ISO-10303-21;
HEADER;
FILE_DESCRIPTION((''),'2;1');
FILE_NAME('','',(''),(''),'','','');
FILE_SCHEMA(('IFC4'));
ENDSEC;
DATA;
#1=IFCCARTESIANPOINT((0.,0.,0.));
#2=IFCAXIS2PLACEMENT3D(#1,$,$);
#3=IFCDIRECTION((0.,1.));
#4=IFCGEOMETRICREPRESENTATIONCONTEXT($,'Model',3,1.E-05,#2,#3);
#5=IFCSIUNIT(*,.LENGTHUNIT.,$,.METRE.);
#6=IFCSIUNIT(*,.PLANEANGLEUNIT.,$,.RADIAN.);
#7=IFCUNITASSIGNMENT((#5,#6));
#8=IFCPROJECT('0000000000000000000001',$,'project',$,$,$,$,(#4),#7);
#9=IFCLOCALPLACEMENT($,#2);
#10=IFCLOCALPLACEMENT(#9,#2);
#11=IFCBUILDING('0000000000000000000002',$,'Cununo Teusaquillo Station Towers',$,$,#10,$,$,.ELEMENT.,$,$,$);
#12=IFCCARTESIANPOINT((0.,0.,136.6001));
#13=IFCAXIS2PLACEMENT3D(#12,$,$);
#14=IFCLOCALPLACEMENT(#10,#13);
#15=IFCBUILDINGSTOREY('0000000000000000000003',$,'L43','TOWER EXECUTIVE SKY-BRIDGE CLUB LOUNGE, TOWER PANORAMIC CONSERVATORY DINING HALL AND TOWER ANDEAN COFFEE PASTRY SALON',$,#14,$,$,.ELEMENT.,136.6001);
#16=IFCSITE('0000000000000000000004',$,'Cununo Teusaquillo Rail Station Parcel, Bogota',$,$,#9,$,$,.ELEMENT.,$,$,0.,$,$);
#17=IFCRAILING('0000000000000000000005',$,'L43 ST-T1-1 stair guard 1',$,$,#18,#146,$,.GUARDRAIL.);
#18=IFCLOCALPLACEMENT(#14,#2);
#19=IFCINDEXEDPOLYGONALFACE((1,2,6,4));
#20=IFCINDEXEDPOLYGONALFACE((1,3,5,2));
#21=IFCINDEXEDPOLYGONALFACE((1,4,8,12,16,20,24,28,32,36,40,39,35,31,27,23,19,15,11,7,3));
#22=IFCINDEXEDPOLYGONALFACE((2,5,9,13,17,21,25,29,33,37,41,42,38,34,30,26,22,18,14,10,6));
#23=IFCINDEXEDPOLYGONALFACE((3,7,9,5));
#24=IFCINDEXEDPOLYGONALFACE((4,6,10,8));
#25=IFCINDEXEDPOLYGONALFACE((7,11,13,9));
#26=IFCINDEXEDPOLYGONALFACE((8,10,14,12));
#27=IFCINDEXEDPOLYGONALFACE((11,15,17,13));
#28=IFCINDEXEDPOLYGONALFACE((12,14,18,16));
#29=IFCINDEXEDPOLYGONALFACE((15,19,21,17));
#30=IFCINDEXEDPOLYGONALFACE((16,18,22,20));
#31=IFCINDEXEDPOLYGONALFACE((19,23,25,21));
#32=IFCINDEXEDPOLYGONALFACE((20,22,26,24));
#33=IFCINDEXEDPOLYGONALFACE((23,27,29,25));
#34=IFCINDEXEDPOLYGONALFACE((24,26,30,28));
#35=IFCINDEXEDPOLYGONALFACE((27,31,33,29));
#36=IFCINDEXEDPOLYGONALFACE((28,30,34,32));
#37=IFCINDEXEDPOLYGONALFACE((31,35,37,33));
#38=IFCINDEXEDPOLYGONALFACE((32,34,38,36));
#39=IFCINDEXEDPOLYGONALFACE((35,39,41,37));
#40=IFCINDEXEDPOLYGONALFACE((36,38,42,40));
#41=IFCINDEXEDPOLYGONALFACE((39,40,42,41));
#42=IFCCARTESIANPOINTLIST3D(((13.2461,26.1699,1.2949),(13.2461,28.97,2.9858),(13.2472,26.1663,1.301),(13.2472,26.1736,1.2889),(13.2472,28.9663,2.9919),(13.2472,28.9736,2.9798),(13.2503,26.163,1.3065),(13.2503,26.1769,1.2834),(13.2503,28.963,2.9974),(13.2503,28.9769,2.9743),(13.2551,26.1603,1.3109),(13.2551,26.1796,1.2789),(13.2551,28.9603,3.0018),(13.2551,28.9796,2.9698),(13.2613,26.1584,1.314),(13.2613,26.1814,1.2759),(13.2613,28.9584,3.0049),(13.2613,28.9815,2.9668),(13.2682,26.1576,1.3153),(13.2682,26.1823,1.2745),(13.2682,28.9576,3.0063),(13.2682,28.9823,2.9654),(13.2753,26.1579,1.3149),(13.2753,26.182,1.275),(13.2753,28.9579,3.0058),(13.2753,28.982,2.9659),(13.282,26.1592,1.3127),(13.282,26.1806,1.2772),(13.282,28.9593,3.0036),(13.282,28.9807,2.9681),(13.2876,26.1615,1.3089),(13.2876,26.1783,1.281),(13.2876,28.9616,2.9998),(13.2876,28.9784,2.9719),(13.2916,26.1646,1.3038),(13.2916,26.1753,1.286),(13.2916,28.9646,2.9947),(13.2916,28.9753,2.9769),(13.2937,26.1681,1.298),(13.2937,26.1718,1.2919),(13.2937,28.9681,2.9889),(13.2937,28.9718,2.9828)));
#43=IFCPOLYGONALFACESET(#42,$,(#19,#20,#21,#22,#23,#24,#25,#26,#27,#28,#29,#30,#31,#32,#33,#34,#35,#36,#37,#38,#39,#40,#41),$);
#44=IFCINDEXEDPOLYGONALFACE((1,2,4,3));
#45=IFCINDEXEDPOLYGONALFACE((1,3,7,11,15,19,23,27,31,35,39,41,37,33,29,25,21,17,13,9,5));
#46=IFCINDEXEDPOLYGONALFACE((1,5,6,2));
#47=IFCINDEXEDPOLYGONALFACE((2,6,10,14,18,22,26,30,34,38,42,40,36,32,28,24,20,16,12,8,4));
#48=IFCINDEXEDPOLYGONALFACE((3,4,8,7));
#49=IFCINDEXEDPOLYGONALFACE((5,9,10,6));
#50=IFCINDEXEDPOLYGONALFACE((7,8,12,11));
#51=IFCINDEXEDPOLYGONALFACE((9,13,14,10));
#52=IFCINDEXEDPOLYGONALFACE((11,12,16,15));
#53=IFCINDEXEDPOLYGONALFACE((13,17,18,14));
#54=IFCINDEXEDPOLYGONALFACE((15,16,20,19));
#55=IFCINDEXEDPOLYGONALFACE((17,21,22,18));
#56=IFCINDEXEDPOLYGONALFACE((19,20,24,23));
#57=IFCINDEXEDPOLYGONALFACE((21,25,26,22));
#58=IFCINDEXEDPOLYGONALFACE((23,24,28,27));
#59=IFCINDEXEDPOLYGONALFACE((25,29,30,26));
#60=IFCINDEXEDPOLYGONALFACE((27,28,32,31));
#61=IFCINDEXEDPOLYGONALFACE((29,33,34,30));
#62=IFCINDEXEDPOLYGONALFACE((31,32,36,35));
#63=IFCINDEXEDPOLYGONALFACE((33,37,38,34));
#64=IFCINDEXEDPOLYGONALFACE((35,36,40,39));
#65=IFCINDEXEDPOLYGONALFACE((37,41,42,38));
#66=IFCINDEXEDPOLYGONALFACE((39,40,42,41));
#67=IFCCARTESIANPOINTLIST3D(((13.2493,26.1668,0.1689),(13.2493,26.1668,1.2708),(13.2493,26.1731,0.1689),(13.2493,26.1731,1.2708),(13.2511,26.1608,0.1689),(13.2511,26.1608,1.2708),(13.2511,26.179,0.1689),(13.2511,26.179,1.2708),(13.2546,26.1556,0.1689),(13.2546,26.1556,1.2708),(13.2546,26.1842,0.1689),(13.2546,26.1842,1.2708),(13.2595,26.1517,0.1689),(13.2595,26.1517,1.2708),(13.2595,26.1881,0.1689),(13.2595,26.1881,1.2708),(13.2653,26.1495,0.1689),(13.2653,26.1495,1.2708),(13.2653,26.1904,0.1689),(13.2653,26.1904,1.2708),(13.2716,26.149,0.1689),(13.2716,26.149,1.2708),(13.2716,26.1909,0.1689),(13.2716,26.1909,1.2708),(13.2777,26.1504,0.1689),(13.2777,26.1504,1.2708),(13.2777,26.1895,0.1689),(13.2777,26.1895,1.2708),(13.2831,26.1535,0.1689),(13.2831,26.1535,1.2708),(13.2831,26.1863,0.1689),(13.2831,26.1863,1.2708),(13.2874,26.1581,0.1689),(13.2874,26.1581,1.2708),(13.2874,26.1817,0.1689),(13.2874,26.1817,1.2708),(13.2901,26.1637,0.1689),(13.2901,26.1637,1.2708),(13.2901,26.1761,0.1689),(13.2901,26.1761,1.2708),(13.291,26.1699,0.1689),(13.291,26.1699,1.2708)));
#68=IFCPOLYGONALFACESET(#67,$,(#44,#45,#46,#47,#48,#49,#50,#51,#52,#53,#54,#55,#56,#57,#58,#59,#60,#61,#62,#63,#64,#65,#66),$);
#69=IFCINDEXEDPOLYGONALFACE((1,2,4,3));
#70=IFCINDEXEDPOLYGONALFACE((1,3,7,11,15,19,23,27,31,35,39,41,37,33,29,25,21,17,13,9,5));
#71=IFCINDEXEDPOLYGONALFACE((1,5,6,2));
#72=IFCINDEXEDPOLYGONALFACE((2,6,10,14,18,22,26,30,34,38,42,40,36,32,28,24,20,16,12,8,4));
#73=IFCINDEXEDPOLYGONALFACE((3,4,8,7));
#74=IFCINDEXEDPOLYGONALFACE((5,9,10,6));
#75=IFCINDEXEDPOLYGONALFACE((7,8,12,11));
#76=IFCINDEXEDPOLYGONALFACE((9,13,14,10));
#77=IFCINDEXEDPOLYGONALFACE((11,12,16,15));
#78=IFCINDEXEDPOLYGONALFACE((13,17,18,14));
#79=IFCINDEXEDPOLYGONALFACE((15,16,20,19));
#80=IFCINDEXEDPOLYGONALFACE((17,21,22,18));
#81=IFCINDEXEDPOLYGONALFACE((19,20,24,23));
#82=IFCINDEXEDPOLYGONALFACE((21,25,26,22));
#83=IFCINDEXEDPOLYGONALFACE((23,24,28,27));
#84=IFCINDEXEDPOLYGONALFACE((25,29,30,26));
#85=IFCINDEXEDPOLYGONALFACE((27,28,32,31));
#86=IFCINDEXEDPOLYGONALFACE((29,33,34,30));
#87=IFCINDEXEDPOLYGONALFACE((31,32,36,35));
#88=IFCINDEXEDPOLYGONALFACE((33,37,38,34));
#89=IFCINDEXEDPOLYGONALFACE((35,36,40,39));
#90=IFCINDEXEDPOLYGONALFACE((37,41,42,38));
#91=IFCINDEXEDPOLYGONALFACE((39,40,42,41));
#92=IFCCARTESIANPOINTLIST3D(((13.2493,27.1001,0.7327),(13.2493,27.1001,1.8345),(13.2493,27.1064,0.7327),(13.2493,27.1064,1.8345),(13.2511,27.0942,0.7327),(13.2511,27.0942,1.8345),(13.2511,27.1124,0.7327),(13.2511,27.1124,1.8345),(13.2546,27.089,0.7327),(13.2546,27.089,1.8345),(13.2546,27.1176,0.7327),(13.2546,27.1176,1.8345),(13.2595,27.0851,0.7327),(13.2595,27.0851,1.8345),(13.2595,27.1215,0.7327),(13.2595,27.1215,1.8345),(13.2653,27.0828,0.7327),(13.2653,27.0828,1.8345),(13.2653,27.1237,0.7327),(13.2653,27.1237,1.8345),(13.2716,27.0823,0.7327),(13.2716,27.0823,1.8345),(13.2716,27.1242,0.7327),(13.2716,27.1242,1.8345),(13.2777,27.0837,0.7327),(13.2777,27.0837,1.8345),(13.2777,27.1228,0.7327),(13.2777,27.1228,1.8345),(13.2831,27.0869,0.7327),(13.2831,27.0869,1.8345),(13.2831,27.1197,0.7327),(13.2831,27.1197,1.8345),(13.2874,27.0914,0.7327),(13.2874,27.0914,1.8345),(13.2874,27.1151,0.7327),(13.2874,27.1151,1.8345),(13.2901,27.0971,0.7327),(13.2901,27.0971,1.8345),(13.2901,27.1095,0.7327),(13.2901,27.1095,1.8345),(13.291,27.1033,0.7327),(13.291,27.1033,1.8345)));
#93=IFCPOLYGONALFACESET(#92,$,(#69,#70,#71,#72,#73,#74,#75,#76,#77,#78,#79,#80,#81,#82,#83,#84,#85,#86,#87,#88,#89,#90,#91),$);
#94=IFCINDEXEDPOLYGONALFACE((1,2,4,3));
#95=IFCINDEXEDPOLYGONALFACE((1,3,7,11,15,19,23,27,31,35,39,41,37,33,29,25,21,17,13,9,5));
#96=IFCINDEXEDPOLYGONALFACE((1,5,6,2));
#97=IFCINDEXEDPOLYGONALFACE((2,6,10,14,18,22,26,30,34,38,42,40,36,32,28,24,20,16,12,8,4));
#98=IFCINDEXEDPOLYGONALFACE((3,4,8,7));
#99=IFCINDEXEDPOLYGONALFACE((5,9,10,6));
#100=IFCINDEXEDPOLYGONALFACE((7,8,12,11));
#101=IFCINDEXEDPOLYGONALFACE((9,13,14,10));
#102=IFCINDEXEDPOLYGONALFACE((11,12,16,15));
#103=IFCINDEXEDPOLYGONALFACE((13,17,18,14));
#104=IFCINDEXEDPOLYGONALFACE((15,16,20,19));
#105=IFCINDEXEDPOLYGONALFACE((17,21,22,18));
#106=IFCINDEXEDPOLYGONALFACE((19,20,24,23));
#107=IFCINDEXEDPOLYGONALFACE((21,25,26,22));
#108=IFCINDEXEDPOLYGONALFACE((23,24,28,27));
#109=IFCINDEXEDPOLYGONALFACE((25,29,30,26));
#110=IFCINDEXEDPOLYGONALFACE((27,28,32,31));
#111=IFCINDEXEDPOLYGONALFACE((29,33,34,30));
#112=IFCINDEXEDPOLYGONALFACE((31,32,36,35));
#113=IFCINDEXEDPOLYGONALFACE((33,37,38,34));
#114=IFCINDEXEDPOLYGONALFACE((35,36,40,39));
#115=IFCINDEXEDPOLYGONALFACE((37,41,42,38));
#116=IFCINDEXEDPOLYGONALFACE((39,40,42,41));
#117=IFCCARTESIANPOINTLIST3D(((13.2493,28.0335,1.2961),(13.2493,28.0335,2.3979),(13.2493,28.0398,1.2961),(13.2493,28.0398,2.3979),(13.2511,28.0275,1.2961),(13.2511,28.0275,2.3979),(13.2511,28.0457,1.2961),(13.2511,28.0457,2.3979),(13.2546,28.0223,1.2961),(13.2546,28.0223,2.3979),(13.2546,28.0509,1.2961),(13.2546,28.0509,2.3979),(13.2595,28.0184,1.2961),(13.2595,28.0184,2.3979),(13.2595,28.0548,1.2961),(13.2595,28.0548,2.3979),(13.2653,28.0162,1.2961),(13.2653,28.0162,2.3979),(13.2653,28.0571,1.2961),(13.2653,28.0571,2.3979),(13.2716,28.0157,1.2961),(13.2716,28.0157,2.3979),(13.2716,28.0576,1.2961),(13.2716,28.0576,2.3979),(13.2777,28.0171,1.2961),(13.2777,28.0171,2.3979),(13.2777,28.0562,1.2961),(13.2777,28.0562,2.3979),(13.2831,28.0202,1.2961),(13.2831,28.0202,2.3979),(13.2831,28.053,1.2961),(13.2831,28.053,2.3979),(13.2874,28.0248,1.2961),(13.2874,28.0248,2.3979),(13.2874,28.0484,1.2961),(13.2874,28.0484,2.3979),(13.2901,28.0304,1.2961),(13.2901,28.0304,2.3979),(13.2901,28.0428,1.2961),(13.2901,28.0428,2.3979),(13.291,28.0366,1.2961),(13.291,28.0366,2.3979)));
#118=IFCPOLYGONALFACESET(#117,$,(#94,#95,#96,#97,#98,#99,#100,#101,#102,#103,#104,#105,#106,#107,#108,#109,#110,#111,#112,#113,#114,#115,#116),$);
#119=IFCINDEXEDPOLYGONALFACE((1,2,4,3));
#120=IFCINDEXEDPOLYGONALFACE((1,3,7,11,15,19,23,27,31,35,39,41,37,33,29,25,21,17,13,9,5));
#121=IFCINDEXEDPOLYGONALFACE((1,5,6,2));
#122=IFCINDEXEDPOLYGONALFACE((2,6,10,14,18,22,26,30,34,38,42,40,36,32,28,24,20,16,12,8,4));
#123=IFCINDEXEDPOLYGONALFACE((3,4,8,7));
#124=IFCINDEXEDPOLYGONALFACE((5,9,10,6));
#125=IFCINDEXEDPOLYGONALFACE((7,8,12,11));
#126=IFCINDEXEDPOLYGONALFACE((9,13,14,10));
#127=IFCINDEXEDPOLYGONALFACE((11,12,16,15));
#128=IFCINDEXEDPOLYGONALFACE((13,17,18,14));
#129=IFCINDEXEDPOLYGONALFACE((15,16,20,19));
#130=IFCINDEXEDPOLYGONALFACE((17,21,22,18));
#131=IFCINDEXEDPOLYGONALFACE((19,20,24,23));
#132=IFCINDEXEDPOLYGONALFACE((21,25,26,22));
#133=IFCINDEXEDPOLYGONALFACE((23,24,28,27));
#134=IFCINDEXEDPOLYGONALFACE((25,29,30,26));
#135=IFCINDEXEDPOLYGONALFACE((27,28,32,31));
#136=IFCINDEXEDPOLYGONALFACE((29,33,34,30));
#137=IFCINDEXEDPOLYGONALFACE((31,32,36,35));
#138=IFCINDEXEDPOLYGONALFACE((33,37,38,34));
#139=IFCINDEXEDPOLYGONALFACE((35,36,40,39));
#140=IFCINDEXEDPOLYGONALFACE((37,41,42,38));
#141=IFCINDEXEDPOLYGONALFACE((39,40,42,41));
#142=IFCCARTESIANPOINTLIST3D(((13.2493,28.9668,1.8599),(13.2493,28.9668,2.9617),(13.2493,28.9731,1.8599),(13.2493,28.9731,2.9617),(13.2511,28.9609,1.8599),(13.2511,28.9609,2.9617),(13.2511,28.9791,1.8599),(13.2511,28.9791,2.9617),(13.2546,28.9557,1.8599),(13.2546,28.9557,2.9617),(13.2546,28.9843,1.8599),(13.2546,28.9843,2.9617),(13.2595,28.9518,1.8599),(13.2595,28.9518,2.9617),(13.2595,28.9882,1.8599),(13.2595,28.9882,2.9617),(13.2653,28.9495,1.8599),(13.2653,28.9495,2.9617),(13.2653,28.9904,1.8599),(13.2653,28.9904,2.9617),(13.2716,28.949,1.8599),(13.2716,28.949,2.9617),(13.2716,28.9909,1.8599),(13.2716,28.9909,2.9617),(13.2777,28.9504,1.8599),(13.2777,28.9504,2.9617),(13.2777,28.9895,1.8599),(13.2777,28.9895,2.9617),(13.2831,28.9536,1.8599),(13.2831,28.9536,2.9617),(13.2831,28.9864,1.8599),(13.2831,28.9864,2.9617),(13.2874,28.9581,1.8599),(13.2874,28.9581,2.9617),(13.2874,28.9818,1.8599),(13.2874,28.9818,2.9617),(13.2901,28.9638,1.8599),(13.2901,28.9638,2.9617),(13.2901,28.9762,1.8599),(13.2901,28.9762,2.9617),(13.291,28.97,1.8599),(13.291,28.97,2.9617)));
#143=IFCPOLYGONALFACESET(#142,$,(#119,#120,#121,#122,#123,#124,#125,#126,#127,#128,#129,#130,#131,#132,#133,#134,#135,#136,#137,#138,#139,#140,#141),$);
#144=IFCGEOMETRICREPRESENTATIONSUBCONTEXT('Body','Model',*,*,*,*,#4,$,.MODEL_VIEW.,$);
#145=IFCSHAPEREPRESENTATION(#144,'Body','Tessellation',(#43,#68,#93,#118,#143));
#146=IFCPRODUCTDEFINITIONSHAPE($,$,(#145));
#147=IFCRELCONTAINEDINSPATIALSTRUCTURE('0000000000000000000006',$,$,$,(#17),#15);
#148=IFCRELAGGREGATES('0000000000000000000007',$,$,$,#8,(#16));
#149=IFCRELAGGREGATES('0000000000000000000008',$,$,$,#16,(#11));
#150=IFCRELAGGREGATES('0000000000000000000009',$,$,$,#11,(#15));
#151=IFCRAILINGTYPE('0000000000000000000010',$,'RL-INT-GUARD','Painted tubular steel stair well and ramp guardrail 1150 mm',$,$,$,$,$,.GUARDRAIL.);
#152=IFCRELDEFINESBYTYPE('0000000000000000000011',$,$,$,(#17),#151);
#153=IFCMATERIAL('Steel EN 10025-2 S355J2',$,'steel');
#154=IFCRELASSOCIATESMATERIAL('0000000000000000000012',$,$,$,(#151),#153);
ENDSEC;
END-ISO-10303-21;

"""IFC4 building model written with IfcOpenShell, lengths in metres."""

from ifc_helpers import new_model, si_unit, direction, frame, origin, origin_2d, place, context, subcontext, project, spatial, circle, extrude, material, type_object, element, save


model = new_model("IFC4")

# Units and contexts
model_context = context("Model", 3, precision=1e-05, world=origin(), true_north=direction((0.0, 1.0)))
body_context = subcontext(model_context, "Body", "Model", "MODEL_VIEW")
ifc_project = project(units=[si_unit("LENGTHUNIT", "METRE"), si_unit("PLANEANGLEUNIT", "RADIAN")], contexts=[model_context])

# Site, building, storey
site_placement = place(None, origin())
site = spatial("IfcSite", under=ifc_project, at=site_placement, Name="Cununo Teusaquillo Rail Station Parcel, Bogota", CompositionType="ELEMENT", RefElevation=0.0)
building_placement = place(site_placement, origin())
building = spatial("IfcBuilding", under=site, at=building_placement, Name="Cununo Teusaquillo Station Towers", CompositionType="ELEMENT")
storey_placement = place(building_placement, frame((0.0, 0.0, 136.6001)))
storey = spatial("IfcBuildingStorey", under=building, at=storey_placement, Name="L43", Description="TOWER EXECUTIVE SKY-BRIDGE CLUB LOUNGE, TOWER PANORAMIC CONSERVATORY DINING HALL AND TOWER ANDEAN COFFEE PASTRY SALON", CompositionType="ELEMENT", Elevation=136.6001)

# Railing
ifc_material_1 = material(Name="Steel EN 10025-2 S355J2", Category="steel")
railing_type_1 = type_object("IfcRailingType", Name="RL-INT-GUARD", Description="Painted tubular steel stair well and ramp guardrail 1150 mm", PredefinedType="GUARDRAIL", material=ifc_material_1)
railing_1_placement = place(storey_placement, frame((13.27, 26.1699, 0.1689)))
element("IfcRailing", 1, at=railing_1_placement, inside=storey, type_object=railing_type_1, Name="L43 ST-T1-1 stair guard 1", PredefinedType="GUARDRAIL", context=body_context, shape_type="SweptSolid", body=[
    extrude(circle(Radius=0.0239, at=origin_2d()), frame((0.0, 0.0, 1.126), z_axis=(0.0, 0.856021, 0.516941), x_axis=(-1.0, 0.0, 0.0)), (0.0, 0.0, 1.0), 3.271),
    extrude(circle(Radius=0.021, at=origin_2d()), origin(), (0.0, 0.0, 1.0), 1.1018),
    extrude(circle(Radius=0.021, at=origin_2d()), frame((0.0, 0.9333, 0.5637)), (0.0, 0.0, 1.0), 1.1018),
    extrude(circle(Radius=0.021, at=origin_2d()), frame((0.0, 1.8667, 1.1272)), (0.0, 0.0, 1.0), 1.1018),
    extrude(circle(Radius=0.021, at=origin_2d()), frame((0.0, 2.8, 1.6909)), (0.0, 0.0, 1.0), 1.1018),
])

save(model, "model.ifc")
